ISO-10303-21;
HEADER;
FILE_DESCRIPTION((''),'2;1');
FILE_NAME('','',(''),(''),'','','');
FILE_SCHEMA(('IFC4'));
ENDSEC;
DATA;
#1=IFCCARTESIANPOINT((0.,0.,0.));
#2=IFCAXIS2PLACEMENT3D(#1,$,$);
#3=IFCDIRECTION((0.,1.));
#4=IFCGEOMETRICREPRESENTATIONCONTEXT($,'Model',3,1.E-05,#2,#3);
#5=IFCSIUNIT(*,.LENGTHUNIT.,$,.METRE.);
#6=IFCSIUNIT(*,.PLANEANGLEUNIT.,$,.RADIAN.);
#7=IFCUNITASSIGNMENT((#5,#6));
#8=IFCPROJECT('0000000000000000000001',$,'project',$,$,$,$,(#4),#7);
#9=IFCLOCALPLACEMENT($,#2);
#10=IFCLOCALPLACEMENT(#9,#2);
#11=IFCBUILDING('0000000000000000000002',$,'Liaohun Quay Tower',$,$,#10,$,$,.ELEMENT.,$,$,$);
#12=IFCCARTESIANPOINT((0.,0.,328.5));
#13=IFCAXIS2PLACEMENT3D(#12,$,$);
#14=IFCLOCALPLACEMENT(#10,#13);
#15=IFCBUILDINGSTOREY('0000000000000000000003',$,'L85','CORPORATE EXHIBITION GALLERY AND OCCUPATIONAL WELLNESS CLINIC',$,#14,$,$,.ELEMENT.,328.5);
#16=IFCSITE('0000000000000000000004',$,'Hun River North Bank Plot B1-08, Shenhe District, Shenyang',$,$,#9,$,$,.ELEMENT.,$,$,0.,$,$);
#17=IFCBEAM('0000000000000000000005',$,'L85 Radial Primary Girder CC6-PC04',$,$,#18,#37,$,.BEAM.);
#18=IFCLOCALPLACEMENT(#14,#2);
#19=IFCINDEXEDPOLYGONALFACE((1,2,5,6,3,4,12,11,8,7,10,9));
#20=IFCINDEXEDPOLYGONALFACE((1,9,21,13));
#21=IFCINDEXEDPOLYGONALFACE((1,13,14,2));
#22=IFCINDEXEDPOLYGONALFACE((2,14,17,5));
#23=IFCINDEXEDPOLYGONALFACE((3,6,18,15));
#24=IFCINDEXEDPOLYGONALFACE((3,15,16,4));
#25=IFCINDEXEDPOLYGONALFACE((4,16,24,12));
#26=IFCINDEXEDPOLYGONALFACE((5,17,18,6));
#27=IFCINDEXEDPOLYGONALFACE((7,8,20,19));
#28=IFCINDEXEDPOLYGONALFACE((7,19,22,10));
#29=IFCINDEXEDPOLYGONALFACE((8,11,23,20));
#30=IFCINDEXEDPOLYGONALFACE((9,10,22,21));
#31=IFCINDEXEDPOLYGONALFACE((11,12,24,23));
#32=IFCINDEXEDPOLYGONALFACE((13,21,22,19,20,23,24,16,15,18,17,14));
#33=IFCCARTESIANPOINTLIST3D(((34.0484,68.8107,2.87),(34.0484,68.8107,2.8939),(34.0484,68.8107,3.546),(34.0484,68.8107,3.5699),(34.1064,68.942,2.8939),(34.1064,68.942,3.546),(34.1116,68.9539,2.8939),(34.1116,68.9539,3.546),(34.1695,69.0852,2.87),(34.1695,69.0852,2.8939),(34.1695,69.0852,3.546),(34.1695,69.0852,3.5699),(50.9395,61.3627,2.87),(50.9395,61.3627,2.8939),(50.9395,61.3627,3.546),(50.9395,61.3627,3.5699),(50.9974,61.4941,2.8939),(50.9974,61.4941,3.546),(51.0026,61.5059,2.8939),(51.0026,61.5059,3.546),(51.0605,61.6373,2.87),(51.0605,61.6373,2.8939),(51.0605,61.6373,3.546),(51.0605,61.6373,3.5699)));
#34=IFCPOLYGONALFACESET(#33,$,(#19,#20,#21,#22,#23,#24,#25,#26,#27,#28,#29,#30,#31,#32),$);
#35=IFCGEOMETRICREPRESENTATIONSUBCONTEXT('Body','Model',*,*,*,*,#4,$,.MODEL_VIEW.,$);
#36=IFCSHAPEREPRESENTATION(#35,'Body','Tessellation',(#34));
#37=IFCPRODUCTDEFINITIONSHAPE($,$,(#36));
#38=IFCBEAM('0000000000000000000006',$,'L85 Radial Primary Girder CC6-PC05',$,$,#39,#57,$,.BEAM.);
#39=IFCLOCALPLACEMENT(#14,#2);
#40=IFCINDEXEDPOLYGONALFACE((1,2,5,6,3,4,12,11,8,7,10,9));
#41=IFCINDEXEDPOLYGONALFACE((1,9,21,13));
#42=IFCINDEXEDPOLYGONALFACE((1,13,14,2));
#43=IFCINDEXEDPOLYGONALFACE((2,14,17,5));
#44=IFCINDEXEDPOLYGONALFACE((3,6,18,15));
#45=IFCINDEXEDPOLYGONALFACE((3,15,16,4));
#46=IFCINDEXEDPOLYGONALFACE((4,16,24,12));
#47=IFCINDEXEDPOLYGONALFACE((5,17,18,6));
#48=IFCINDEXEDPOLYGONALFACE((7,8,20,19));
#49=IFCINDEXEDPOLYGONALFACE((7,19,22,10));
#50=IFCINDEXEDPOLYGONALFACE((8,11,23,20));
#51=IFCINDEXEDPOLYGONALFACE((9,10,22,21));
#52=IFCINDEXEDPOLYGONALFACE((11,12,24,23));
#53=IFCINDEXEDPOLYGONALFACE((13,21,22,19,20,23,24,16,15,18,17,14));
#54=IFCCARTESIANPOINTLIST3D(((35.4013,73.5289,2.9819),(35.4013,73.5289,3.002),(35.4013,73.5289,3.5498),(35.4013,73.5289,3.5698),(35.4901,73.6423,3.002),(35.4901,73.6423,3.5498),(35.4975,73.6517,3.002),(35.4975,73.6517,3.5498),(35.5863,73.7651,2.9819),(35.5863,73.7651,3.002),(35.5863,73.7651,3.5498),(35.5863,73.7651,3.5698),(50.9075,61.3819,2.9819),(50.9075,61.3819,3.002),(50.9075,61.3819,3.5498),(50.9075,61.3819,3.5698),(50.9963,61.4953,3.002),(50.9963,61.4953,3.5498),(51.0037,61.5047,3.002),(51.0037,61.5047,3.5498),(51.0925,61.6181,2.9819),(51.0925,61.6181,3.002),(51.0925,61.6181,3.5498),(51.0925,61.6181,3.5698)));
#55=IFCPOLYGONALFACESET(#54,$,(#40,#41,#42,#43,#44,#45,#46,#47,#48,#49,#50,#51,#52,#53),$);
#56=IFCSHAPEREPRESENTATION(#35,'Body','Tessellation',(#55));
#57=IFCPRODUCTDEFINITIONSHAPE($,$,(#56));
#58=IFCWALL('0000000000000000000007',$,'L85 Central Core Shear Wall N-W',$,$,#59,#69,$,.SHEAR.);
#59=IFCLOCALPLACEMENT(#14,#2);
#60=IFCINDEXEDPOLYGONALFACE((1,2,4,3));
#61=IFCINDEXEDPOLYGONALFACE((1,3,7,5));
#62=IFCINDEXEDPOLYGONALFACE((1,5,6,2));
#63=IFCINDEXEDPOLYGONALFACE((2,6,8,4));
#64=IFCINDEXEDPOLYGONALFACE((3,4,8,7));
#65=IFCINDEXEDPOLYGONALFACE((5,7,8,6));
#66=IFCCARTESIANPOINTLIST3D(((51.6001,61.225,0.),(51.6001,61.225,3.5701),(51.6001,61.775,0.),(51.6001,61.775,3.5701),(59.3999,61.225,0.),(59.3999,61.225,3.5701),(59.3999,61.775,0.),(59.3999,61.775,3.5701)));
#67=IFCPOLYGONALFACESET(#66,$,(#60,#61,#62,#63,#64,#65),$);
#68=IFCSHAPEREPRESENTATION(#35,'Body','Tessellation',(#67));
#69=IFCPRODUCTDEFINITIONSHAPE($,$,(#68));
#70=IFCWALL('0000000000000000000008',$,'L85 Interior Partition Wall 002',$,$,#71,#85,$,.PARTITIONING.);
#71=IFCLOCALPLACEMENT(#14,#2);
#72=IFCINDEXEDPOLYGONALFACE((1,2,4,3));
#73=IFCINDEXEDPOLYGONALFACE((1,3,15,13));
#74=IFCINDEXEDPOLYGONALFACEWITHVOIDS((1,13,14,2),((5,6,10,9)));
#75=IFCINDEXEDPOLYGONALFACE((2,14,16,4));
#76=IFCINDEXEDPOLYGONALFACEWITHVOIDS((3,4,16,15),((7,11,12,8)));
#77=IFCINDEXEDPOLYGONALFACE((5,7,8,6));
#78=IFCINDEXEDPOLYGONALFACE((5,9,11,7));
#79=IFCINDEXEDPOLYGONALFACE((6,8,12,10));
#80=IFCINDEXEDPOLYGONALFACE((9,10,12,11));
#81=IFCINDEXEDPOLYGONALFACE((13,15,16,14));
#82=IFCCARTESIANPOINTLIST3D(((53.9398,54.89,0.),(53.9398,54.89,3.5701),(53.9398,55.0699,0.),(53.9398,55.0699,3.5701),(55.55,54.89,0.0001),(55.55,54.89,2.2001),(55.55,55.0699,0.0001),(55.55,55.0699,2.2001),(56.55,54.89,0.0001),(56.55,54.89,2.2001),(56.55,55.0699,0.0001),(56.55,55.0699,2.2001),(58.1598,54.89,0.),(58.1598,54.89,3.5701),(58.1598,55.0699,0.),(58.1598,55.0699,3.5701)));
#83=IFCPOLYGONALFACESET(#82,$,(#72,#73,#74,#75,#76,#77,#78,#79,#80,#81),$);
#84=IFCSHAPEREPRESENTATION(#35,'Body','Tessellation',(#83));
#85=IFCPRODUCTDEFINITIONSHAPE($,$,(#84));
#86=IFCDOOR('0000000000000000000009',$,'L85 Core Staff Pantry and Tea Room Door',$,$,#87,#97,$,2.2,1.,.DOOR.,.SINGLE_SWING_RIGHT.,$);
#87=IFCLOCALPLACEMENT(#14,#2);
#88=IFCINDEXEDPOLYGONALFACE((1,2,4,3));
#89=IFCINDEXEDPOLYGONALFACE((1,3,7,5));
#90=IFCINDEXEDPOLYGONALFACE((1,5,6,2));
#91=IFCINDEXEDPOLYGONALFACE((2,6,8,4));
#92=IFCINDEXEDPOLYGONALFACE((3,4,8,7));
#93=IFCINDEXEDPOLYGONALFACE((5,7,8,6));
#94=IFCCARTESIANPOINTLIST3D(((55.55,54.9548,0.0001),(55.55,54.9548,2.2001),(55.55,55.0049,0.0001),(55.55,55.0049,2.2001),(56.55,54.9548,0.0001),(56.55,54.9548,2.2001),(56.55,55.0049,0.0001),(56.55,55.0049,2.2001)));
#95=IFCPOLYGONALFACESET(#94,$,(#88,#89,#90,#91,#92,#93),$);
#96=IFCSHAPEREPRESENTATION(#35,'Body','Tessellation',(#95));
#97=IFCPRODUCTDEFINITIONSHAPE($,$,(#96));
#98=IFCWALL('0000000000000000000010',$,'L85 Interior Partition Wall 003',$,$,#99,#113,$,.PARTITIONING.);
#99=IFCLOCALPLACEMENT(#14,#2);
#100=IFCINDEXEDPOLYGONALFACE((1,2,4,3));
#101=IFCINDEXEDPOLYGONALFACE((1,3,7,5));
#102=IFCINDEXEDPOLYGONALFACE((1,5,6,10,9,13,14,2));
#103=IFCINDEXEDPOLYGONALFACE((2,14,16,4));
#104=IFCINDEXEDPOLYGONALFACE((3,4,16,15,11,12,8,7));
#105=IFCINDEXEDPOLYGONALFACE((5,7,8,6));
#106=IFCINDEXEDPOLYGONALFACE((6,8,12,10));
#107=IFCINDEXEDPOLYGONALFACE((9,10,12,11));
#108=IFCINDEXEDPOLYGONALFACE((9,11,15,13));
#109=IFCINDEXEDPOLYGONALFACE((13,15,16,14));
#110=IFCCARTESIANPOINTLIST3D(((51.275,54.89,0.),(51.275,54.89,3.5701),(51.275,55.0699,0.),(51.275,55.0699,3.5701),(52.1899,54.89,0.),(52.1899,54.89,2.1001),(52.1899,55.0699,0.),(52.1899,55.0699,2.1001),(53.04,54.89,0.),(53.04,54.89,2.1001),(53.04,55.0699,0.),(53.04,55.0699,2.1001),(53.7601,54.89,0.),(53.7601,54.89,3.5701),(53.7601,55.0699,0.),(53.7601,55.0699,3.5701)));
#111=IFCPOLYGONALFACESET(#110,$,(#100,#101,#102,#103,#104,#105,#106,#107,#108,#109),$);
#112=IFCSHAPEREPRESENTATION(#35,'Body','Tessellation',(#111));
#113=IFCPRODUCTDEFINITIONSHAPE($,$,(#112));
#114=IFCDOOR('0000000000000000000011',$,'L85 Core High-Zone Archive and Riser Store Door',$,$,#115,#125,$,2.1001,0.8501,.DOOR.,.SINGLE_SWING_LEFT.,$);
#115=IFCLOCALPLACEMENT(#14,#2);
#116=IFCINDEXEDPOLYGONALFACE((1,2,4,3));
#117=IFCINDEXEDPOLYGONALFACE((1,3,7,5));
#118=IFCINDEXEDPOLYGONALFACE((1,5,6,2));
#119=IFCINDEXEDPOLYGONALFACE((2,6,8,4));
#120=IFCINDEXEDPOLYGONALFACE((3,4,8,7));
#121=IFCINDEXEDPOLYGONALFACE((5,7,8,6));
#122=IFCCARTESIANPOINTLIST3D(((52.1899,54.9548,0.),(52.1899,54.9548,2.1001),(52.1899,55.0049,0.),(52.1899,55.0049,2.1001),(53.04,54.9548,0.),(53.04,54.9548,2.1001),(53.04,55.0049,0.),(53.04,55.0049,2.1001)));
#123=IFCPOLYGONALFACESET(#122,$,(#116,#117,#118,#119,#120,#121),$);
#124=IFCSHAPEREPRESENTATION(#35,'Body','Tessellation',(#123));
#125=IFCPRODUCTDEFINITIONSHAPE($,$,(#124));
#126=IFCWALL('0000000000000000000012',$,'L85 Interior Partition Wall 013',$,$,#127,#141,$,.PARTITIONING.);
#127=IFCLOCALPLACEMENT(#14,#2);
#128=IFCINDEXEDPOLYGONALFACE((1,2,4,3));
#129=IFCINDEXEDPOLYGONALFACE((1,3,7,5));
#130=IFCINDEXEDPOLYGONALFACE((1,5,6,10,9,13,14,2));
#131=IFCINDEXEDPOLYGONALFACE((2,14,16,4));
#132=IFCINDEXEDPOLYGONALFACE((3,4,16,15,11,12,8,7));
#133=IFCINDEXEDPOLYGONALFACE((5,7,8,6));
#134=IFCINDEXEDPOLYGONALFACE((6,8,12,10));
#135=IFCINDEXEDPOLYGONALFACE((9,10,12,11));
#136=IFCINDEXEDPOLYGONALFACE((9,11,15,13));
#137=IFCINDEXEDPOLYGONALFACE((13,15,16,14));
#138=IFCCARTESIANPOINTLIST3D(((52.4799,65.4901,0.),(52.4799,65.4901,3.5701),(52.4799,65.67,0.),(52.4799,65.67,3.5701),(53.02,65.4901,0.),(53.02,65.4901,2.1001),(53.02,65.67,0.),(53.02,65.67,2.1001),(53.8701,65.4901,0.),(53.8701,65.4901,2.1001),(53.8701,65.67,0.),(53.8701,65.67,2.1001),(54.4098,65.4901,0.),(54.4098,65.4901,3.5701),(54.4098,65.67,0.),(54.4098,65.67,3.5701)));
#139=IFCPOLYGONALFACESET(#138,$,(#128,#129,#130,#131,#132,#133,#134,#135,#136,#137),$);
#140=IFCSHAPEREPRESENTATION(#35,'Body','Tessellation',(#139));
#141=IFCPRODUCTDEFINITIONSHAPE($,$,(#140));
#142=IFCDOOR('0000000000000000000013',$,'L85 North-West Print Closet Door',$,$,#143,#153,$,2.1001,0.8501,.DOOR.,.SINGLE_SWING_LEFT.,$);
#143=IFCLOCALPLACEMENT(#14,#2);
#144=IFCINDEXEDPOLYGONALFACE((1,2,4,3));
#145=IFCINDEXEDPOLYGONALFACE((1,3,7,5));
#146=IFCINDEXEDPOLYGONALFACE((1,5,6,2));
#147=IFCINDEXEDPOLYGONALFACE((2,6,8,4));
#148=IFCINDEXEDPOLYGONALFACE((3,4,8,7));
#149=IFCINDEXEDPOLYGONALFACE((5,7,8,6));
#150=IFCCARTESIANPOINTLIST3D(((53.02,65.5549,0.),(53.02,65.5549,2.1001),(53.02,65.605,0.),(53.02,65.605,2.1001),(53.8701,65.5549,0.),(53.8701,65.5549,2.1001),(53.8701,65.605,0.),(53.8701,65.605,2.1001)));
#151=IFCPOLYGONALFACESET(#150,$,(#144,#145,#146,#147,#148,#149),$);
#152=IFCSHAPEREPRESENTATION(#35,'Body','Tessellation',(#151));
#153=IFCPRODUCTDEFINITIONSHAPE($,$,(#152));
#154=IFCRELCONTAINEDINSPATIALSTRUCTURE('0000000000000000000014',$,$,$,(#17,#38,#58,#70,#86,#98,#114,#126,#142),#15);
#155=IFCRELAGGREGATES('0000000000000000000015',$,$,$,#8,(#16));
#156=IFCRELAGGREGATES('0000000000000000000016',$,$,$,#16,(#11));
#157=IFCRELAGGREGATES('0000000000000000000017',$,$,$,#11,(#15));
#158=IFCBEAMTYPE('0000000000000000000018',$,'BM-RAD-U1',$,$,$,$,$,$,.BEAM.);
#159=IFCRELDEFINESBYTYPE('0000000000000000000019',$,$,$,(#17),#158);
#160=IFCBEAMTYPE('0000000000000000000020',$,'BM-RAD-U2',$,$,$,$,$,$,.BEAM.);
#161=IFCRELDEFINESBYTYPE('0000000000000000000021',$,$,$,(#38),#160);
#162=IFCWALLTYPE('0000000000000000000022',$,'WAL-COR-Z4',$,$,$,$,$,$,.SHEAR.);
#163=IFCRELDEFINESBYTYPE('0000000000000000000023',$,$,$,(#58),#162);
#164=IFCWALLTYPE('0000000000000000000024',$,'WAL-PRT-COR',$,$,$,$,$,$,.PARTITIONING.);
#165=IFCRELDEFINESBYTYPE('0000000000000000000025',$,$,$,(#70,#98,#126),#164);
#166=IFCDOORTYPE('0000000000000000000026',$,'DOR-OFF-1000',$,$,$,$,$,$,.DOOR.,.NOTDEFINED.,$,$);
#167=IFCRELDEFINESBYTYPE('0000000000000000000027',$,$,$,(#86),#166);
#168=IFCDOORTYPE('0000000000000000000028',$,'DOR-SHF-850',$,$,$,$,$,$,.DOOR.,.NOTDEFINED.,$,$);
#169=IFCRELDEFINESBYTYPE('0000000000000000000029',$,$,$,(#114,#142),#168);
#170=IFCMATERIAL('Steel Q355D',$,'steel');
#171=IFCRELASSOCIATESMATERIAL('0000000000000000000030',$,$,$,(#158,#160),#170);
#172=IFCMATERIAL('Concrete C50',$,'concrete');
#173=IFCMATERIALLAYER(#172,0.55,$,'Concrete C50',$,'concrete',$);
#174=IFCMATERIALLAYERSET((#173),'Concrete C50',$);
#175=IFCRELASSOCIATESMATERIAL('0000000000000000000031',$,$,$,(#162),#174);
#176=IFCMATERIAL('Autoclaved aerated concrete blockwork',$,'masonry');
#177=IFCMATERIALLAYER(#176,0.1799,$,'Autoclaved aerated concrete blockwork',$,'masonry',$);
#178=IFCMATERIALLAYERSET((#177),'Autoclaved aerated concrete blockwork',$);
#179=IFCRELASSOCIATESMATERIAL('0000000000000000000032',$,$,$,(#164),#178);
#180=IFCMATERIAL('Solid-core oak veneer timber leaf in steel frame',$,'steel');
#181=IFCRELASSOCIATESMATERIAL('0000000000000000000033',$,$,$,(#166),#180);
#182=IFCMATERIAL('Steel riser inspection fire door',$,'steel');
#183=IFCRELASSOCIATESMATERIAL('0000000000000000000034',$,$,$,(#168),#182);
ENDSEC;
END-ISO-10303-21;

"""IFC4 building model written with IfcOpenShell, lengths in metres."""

from ifc_helpers import new_model, si_unit, direction, frame, frame_2d, origin, origin_2d, place, context, subcontext, project, spatial, rectangle, i_section, extrude, source, transform, mapped, material, layer, layer_set, material_profile, profile_set, type_object, element, fill, save


model = new_model("IFC4")

# Units and contexts
model_context = context("Model", 3, precision=1e-05, world=origin(), true_north=direction((0.0, 1.0)))
body_context = subcontext(model_context, "Body", "Model", "MODEL_VIEW")
ifc_project = project(units=[si_unit("LENGTHUNIT", "METRE"), si_unit("PLANEANGLEUNIT", "RADIAN")], contexts=[model_context])

# Site, building, storey
site_placement = place(None, origin())
site = spatial("IfcSite", under=ifc_project, at=site_placement, Name="Hun River North Bank Plot B1-08, Shenhe District, Shenyang", CompositionType="ELEMENT", RefElevation=0.0)
building_placement = place(site_placement, origin())
building = spatial("IfcBuilding", under=site, at=building_placement, Name="Liaohun Quay Tower", CompositionType="ELEMENT")
storey_placement = place(building_placement, frame((0.0, 0.0, 328.5)))
storey = spatial("IfcBuildingStorey", under=building, at=storey_placement, Name="L85", Description="CORPORATE EXHIBITION GALLERY AND OCCUPATIONAL WELLNESS CLINIC", CompositionType="ELEMENT", Elevation=328.5)

# Beams
ifc_material_1 = material(Name="Steel Q355D", Category="steel")
ifc_material_profile_1 = material_profile(ifc_material_1, i_section(OverallWidth=0.3, OverallDepth=0.7, WebThickness=0.0129, FlangeThickness=0.0239, at=origin_2d()), Name="HN700x300x13x24")
ifc_profile_set_1 = profile_set([ifc_material_profile_1], Name="Steel Q355D")
beam_type_1 = type_object("IfcBeamType", Name="BM-RAD-U1", PredefinedType="BEAM", material=ifc_profile_set_1)
shared_shape_1 = source(origin(), body_context, "Body", "SweptSolid", [
    extrude(i_section(OverallWidth=0.3, OverallDepth=0.7, WebThickness=0.0129, FlangeThickness=0.0239, at=origin_2d()), origin(), (0.0, 0.0, 1.0), 18.4602),
])
beam_1_placement = place(storey_placement, frame((51.0, 61.5, 3.22), z_axis=(-0.914997, 0.40346, 0.0), x_axis=(-0.40346, -0.914997, 0.0)))
element("IfcBeam", 1, at=beam_1_placement, inside=storey, type_object=beam_type_1, Name="L85 Radial Primary Girder CC6-PC04", PredefinedType="BEAM", context=body_context, shape_type="MappedRepresentation", body=[
    mapped(shared_shape_1, transform((0.0, 0.0, 0.0), x_axis=(1.0, 0.0, 0.0), y_axis=(0.0, 1.0, 0.0), z_axis=(0.0, 0.0, 1.0), scale=1.0)),
])
ifc_material_profile_2 = material_profile(ifc_material_1, i_section(OverallWidth=0.3, OverallDepth=0.5879, WebThickness=0.012, FlangeThickness=0.02, at=origin_2d()), Name="HM588x300x12x20")
ifc_profile_set_2 = profile_set([ifc_material_profile_2], Name="Steel Q355D")
beam_type_2 = type_object("IfcBeamType", Name="BM-RAD-U2", PredefinedType="BEAM", material=ifc_profile_set_2)
shared_shape_2 = source(origin(), body_context, "Body", "SweptSolid", [
    extrude(i_section(OverallWidth=0.3, OverallDepth=0.5879, WebThickness=0.012, FlangeThickness=0.02, at=origin_2d()), origin(), (0.0, 0.0, 1.0), 19.6975),
])
beam_2_placement = place(storey_placement, frame((51.0, 61.5, 3.2759), z_axis=(-0.787215, 0.616678, 0.0), x_axis=(-0.616678, -0.787215, 0.0)))
element("IfcBeam", 2, at=beam_2_placement, inside=storey, type_object=beam_type_2, Name="L85 Radial Primary Girder CC6-PC05", PredefinedType="BEAM", context=body_context, shape_type="MappedRepresentation", body=[
    mapped(shared_shape_2, transform((0.0, 0.0, 0.0), x_axis=(1.0, 0.0, 0.0), y_axis=(0.0, 1.0, 0.0), z_axis=(0.0, 0.0, 1.0), scale=1.0)),
])

# Wall
ifc_material_2 = material(Name="Concrete C50", Category="concrete")
ifc_layer_1 = layer(ifc_material_2, 0.55, Name="Concrete C50", Category="concrete")
ifc_layer_set_1 = layer_set([ifc_layer_1], Name="Concrete C50")
wall_type_1 = type_object("IfcWallType", Name="WAL-COR-Z4", PredefinedType="SHEAR", material=ifc_layer_set_1)
wall_1_placement = place(storey_placement, frame((51.6001, 61.5, 0.0), z_axis=(0.0, 0.0, 1.0), x_axis=(1.0, 0.0, 0.0)))
element("IfcWall", 3, at=wall_1_placement, inside=storey, type_object=wall_type_1, Name="L85 Central Core Shear Wall N-W", PredefinedType="SHEAR", context=body_context, shape_type="SweptSolid", body=[
    extrude(rectangle(XDim=7.7998, YDim=0.55, at=frame_2d((3.8999, 0.0))), origin(), (0.0, 0.0, 1.0), 3.5701),
])

# Walls, openings, doors
ifc_material_3 = material(Name="Autoclaved aerated concrete blockwork", Category="masonry")
ifc_layer_2 = layer(ifc_material_3, 0.1799, Name="Autoclaved aerated concrete blockwork", Category="masonry")
ifc_layer_set_2 = layer_set([ifc_layer_2], Name="Autoclaved aerated concrete blockwork")
wall_type_2 = type_object("IfcWallType", Name="WAL-PRT-COR", PredefinedType="PARTITIONING", material=ifc_layer_set_2)
wall_2_placement = place(storey_placement, frame((53.9399, 54.98, 0.0), z_axis=(0.0, 0.0, 1.0), x_axis=(1.0, 0.0, 0.0)))
wall_2 = element("IfcWall", 4, at=wall_2_placement, inside=storey, type_object=wall_type_2, Name="L85 Interior Partition Wall 002", PredefinedType="PARTITIONING", context=body_context, shape_type="SweptSolid", body=[
    extrude(rectangle(XDim=4.22, YDim=0.1799, at=frame_2d((2.1099, 0.0))), origin(), (0.0, 0.0, 1.0), 3.5701),
])
shared_shape_3 = source(origin(), body_context, "Body", "SweptSolid", [
    extrude(rectangle(XDim=1.0, YDim=2.2, at=frame_2d((0.5, 1.1001))), frame((0.0, 0.0999, 0.0), z_axis=(0.0, -1.0, 0.0), x_axis=(1.0, 0.0, 0.0)), (0.0, 0.0, 1.0), 0.2),
])
opening_1_placement = place(wall_2_placement, frame((1.6101, 0.0, 0.0)))
opening_1 = element("IfcOpeningElement", 5, at=opening_1_placement, cuts=wall_2, PredefinedType="OPENING", context=body_context, shape_type="MappedRepresentation", body=[
    mapped(shared_shape_3, transform((0.0, 0.0, 0.0), x_axis=(1.0, 0.0, 0.0), y_axis=(0.0, 1.0, 0.0), z_axis=(0.0, 0.0, 1.0), scale=1.0)),
])
ifc_material_4 = material(Name="Solid-core oak veneer timber leaf in steel frame", Category="steel")
door_type_1 = type_object("IfcDoorType", Name="DOR-OFF-1000", OperationType="NOTDEFINED", PredefinedType="DOOR", material=ifc_material_4)
shared_shape_4 = source(origin(), body_context, "Body", "SweptSolid", [
    extrude(rectangle(XDim=1.0, YDim=2.2, at=frame_2d((0.5, 1.1001))), frame((0.0, 0.0249, 0.0), z_axis=(0.0, -1.0, 0.0), x_axis=(1.0, 0.0, 0.0)), (0.0, 0.0, 1.0), 0.05),
])
door_1_placement = place(opening_1_placement, origin())
door_1 = element("IfcDoor", 6, at=door_1_placement, inside=storey, type_object=door_type_1, Name="L85 Core Staff Pantry and Tea Room Door", OperationType="SINGLE_SWING_RIGHT", OverallHeight=2.2, OverallWidth=1.0, PredefinedType="DOOR", context=body_context, shape_type="MappedRepresentation", body=[
    mapped(shared_shape_4, transform((0.0, 0.0, 0.0), x_axis=(1.0, 0.0, 0.0), y_axis=(0.0, 1.0, 0.0), z_axis=(0.0, 0.0, 1.0), scale=1.0)),
])
fill(opening_1, door_1)
wall_3_placement = place(storey_placement, frame((51.2749, 54.98, 0.0), z_axis=(0.0, 0.0, 1.0), x_axis=(1.0, 0.0, 0.0)))
wall_3 = element("IfcWall", 7, at=wall_3_placement, inside=storey, type_object=wall_type_2, Name="L85 Interior Partition Wall 003", PredefinedType="PARTITIONING", context=body_context, shape_type="SweptSolid", body=[
    extrude(rectangle(XDim=2.4851, YDim=0.1799, at=frame_2d((1.2427, 0.0))), origin(), (0.0, 0.0, 1.0), 3.5701),
])
shared_shape_5 = source(origin(), body_context, "Body", "SweptSolid", [
    extrude(rectangle(XDim=0.8501, YDim=2.1001, at=frame_2d((0.425, 1.05))), frame((0.0, 0.0999, 0.0), z_axis=(0.0, -1.0, 0.0), x_axis=(1.0, 0.0, 0.0)), (0.0, 0.0, 1.0), 0.2),
])
opening_2_placement = place(wall_3_placement, frame((0.915, 0.0, 0.0)))
opening_2 = element("IfcOpeningElement", 8, at=opening_2_placement, cuts=wall_3, PredefinedType="OPENING", context=body_context, shape_type="MappedRepresentation", body=[
    mapped(shared_shape_5, transform((0.0, 0.0, 0.0), x_axis=(1.0, 0.0, 0.0), y_axis=(0.0, 1.0, 0.0), z_axis=(0.0, 0.0, 1.0), scale=1.0)),
])
ifc_material_5 = material(Name="Steel riser inspection fire door", Category="steel")
door_type_2 = type_object("IfcDoorType", Name="DOR-SHF-850", OperationType="NOTDEFINED", PredefinedType="DOOR", material=ifc_material_5)
shared_shape_6 = source(origin(), body_context, "Body", "SweptSolid", [
    extrude(rectangle(XDim=0.8501, YDim=2.1001, at=frame_2d((0.425, 1.05))), frame((0.0, 0.0249, 0.0), z_axis=(0.0, -1.0, 0.0), x_axis=(1.0, 0.0, 0.0)), (0.0, 0.0, 1.0), 0.05),
])
door_2_placement = place(opening_2_placement, origin())
door_2 = element("IfcDoor", 9, at=door_2_placement, inside=storey, type_object=door_type_2, Name="L85 Core High-Zone Archive and Riser Store Door", OperationType="SINGLE_SWING_LEFT", OverallHeight=2.1001, OverallWidth=0.8501, PredefinedType="DOOR", context=body_context, shape_type="MappedRepresentation", body=[
    mapped(shared_shape_6, transform((0.0, 0.0, 0.0), x_axis=(1.0, 0.0, 0.0), y_axis=(0.0, 1.0, 0.0), z_axis=(0.0, 0.0, 1.0), scale=1.0)),
])
fill(opening_2, door_2)
wall_4_placement = place(storey_placement, frame((52.48, 65.5801, 0.0), z_axis=(0.0, 0.0, 1.0), x_axis=(1.0, 0.0, 0.0)))
wall_4 = element("IfcWall", 10, at=wall_4_placement, inside=storey, type_object=wall_type_2, Name="L85 Interior Partition Wall 013", PredefinedType="PARTITIONING", context=body_context, shape_type="SweptSolid", body=[
    extrude(rectangle(XDim=1.9299, YDim=0.1799, at=frame_2d((0.9648, 0.0))), origin(), (0.0, 0.0, 1.0), 3.5701),
])
opening_3_placement = place(wall_4_placement, frame((0.54, 0.0, 0.0)))
opening_3 = element("IfcOpeningElement", 11, at=opening_3_placement, cuts=wall_4, PredefinedType="OPENING", context=body_context, shape_type="MappedRepresentation", body=[
    mapped(shared_shape_5, transform((0.0, 0.0, 0.0), x_axis=(1.0, 0.0, 0.0), y_axis=(0.0, 1.0, 0.0), z_axis=(0.0, 0.0, 1.0), scale=1.0)),
])
door_3_placement = place(opening_3_placement, origin())
door_3 = element("IfcDoor", 12, at=door_3_placement, inside=storey, type_object=door_type_2, Name="L85 North-West Print Closet Door", OperationType="SINGLE_SWING_LEFT", OverallHeight=2.1001, OverallWidth=0.8501, PredefinedType="DOOR", context=body_context, shape_type="MappedRepresentation", body=[
    mapped(shared_shape_6, transform((0.0, 0.0, 0.0), x_axis=(1.0, 0.0, 0.0), y_axis=(0.0, 1.0, 0.0), z_axis=(0.0, 0.0, 1.0), scale=1.0)),
])
fill(opening_3, door_3)

save(model, "model.ifc")
